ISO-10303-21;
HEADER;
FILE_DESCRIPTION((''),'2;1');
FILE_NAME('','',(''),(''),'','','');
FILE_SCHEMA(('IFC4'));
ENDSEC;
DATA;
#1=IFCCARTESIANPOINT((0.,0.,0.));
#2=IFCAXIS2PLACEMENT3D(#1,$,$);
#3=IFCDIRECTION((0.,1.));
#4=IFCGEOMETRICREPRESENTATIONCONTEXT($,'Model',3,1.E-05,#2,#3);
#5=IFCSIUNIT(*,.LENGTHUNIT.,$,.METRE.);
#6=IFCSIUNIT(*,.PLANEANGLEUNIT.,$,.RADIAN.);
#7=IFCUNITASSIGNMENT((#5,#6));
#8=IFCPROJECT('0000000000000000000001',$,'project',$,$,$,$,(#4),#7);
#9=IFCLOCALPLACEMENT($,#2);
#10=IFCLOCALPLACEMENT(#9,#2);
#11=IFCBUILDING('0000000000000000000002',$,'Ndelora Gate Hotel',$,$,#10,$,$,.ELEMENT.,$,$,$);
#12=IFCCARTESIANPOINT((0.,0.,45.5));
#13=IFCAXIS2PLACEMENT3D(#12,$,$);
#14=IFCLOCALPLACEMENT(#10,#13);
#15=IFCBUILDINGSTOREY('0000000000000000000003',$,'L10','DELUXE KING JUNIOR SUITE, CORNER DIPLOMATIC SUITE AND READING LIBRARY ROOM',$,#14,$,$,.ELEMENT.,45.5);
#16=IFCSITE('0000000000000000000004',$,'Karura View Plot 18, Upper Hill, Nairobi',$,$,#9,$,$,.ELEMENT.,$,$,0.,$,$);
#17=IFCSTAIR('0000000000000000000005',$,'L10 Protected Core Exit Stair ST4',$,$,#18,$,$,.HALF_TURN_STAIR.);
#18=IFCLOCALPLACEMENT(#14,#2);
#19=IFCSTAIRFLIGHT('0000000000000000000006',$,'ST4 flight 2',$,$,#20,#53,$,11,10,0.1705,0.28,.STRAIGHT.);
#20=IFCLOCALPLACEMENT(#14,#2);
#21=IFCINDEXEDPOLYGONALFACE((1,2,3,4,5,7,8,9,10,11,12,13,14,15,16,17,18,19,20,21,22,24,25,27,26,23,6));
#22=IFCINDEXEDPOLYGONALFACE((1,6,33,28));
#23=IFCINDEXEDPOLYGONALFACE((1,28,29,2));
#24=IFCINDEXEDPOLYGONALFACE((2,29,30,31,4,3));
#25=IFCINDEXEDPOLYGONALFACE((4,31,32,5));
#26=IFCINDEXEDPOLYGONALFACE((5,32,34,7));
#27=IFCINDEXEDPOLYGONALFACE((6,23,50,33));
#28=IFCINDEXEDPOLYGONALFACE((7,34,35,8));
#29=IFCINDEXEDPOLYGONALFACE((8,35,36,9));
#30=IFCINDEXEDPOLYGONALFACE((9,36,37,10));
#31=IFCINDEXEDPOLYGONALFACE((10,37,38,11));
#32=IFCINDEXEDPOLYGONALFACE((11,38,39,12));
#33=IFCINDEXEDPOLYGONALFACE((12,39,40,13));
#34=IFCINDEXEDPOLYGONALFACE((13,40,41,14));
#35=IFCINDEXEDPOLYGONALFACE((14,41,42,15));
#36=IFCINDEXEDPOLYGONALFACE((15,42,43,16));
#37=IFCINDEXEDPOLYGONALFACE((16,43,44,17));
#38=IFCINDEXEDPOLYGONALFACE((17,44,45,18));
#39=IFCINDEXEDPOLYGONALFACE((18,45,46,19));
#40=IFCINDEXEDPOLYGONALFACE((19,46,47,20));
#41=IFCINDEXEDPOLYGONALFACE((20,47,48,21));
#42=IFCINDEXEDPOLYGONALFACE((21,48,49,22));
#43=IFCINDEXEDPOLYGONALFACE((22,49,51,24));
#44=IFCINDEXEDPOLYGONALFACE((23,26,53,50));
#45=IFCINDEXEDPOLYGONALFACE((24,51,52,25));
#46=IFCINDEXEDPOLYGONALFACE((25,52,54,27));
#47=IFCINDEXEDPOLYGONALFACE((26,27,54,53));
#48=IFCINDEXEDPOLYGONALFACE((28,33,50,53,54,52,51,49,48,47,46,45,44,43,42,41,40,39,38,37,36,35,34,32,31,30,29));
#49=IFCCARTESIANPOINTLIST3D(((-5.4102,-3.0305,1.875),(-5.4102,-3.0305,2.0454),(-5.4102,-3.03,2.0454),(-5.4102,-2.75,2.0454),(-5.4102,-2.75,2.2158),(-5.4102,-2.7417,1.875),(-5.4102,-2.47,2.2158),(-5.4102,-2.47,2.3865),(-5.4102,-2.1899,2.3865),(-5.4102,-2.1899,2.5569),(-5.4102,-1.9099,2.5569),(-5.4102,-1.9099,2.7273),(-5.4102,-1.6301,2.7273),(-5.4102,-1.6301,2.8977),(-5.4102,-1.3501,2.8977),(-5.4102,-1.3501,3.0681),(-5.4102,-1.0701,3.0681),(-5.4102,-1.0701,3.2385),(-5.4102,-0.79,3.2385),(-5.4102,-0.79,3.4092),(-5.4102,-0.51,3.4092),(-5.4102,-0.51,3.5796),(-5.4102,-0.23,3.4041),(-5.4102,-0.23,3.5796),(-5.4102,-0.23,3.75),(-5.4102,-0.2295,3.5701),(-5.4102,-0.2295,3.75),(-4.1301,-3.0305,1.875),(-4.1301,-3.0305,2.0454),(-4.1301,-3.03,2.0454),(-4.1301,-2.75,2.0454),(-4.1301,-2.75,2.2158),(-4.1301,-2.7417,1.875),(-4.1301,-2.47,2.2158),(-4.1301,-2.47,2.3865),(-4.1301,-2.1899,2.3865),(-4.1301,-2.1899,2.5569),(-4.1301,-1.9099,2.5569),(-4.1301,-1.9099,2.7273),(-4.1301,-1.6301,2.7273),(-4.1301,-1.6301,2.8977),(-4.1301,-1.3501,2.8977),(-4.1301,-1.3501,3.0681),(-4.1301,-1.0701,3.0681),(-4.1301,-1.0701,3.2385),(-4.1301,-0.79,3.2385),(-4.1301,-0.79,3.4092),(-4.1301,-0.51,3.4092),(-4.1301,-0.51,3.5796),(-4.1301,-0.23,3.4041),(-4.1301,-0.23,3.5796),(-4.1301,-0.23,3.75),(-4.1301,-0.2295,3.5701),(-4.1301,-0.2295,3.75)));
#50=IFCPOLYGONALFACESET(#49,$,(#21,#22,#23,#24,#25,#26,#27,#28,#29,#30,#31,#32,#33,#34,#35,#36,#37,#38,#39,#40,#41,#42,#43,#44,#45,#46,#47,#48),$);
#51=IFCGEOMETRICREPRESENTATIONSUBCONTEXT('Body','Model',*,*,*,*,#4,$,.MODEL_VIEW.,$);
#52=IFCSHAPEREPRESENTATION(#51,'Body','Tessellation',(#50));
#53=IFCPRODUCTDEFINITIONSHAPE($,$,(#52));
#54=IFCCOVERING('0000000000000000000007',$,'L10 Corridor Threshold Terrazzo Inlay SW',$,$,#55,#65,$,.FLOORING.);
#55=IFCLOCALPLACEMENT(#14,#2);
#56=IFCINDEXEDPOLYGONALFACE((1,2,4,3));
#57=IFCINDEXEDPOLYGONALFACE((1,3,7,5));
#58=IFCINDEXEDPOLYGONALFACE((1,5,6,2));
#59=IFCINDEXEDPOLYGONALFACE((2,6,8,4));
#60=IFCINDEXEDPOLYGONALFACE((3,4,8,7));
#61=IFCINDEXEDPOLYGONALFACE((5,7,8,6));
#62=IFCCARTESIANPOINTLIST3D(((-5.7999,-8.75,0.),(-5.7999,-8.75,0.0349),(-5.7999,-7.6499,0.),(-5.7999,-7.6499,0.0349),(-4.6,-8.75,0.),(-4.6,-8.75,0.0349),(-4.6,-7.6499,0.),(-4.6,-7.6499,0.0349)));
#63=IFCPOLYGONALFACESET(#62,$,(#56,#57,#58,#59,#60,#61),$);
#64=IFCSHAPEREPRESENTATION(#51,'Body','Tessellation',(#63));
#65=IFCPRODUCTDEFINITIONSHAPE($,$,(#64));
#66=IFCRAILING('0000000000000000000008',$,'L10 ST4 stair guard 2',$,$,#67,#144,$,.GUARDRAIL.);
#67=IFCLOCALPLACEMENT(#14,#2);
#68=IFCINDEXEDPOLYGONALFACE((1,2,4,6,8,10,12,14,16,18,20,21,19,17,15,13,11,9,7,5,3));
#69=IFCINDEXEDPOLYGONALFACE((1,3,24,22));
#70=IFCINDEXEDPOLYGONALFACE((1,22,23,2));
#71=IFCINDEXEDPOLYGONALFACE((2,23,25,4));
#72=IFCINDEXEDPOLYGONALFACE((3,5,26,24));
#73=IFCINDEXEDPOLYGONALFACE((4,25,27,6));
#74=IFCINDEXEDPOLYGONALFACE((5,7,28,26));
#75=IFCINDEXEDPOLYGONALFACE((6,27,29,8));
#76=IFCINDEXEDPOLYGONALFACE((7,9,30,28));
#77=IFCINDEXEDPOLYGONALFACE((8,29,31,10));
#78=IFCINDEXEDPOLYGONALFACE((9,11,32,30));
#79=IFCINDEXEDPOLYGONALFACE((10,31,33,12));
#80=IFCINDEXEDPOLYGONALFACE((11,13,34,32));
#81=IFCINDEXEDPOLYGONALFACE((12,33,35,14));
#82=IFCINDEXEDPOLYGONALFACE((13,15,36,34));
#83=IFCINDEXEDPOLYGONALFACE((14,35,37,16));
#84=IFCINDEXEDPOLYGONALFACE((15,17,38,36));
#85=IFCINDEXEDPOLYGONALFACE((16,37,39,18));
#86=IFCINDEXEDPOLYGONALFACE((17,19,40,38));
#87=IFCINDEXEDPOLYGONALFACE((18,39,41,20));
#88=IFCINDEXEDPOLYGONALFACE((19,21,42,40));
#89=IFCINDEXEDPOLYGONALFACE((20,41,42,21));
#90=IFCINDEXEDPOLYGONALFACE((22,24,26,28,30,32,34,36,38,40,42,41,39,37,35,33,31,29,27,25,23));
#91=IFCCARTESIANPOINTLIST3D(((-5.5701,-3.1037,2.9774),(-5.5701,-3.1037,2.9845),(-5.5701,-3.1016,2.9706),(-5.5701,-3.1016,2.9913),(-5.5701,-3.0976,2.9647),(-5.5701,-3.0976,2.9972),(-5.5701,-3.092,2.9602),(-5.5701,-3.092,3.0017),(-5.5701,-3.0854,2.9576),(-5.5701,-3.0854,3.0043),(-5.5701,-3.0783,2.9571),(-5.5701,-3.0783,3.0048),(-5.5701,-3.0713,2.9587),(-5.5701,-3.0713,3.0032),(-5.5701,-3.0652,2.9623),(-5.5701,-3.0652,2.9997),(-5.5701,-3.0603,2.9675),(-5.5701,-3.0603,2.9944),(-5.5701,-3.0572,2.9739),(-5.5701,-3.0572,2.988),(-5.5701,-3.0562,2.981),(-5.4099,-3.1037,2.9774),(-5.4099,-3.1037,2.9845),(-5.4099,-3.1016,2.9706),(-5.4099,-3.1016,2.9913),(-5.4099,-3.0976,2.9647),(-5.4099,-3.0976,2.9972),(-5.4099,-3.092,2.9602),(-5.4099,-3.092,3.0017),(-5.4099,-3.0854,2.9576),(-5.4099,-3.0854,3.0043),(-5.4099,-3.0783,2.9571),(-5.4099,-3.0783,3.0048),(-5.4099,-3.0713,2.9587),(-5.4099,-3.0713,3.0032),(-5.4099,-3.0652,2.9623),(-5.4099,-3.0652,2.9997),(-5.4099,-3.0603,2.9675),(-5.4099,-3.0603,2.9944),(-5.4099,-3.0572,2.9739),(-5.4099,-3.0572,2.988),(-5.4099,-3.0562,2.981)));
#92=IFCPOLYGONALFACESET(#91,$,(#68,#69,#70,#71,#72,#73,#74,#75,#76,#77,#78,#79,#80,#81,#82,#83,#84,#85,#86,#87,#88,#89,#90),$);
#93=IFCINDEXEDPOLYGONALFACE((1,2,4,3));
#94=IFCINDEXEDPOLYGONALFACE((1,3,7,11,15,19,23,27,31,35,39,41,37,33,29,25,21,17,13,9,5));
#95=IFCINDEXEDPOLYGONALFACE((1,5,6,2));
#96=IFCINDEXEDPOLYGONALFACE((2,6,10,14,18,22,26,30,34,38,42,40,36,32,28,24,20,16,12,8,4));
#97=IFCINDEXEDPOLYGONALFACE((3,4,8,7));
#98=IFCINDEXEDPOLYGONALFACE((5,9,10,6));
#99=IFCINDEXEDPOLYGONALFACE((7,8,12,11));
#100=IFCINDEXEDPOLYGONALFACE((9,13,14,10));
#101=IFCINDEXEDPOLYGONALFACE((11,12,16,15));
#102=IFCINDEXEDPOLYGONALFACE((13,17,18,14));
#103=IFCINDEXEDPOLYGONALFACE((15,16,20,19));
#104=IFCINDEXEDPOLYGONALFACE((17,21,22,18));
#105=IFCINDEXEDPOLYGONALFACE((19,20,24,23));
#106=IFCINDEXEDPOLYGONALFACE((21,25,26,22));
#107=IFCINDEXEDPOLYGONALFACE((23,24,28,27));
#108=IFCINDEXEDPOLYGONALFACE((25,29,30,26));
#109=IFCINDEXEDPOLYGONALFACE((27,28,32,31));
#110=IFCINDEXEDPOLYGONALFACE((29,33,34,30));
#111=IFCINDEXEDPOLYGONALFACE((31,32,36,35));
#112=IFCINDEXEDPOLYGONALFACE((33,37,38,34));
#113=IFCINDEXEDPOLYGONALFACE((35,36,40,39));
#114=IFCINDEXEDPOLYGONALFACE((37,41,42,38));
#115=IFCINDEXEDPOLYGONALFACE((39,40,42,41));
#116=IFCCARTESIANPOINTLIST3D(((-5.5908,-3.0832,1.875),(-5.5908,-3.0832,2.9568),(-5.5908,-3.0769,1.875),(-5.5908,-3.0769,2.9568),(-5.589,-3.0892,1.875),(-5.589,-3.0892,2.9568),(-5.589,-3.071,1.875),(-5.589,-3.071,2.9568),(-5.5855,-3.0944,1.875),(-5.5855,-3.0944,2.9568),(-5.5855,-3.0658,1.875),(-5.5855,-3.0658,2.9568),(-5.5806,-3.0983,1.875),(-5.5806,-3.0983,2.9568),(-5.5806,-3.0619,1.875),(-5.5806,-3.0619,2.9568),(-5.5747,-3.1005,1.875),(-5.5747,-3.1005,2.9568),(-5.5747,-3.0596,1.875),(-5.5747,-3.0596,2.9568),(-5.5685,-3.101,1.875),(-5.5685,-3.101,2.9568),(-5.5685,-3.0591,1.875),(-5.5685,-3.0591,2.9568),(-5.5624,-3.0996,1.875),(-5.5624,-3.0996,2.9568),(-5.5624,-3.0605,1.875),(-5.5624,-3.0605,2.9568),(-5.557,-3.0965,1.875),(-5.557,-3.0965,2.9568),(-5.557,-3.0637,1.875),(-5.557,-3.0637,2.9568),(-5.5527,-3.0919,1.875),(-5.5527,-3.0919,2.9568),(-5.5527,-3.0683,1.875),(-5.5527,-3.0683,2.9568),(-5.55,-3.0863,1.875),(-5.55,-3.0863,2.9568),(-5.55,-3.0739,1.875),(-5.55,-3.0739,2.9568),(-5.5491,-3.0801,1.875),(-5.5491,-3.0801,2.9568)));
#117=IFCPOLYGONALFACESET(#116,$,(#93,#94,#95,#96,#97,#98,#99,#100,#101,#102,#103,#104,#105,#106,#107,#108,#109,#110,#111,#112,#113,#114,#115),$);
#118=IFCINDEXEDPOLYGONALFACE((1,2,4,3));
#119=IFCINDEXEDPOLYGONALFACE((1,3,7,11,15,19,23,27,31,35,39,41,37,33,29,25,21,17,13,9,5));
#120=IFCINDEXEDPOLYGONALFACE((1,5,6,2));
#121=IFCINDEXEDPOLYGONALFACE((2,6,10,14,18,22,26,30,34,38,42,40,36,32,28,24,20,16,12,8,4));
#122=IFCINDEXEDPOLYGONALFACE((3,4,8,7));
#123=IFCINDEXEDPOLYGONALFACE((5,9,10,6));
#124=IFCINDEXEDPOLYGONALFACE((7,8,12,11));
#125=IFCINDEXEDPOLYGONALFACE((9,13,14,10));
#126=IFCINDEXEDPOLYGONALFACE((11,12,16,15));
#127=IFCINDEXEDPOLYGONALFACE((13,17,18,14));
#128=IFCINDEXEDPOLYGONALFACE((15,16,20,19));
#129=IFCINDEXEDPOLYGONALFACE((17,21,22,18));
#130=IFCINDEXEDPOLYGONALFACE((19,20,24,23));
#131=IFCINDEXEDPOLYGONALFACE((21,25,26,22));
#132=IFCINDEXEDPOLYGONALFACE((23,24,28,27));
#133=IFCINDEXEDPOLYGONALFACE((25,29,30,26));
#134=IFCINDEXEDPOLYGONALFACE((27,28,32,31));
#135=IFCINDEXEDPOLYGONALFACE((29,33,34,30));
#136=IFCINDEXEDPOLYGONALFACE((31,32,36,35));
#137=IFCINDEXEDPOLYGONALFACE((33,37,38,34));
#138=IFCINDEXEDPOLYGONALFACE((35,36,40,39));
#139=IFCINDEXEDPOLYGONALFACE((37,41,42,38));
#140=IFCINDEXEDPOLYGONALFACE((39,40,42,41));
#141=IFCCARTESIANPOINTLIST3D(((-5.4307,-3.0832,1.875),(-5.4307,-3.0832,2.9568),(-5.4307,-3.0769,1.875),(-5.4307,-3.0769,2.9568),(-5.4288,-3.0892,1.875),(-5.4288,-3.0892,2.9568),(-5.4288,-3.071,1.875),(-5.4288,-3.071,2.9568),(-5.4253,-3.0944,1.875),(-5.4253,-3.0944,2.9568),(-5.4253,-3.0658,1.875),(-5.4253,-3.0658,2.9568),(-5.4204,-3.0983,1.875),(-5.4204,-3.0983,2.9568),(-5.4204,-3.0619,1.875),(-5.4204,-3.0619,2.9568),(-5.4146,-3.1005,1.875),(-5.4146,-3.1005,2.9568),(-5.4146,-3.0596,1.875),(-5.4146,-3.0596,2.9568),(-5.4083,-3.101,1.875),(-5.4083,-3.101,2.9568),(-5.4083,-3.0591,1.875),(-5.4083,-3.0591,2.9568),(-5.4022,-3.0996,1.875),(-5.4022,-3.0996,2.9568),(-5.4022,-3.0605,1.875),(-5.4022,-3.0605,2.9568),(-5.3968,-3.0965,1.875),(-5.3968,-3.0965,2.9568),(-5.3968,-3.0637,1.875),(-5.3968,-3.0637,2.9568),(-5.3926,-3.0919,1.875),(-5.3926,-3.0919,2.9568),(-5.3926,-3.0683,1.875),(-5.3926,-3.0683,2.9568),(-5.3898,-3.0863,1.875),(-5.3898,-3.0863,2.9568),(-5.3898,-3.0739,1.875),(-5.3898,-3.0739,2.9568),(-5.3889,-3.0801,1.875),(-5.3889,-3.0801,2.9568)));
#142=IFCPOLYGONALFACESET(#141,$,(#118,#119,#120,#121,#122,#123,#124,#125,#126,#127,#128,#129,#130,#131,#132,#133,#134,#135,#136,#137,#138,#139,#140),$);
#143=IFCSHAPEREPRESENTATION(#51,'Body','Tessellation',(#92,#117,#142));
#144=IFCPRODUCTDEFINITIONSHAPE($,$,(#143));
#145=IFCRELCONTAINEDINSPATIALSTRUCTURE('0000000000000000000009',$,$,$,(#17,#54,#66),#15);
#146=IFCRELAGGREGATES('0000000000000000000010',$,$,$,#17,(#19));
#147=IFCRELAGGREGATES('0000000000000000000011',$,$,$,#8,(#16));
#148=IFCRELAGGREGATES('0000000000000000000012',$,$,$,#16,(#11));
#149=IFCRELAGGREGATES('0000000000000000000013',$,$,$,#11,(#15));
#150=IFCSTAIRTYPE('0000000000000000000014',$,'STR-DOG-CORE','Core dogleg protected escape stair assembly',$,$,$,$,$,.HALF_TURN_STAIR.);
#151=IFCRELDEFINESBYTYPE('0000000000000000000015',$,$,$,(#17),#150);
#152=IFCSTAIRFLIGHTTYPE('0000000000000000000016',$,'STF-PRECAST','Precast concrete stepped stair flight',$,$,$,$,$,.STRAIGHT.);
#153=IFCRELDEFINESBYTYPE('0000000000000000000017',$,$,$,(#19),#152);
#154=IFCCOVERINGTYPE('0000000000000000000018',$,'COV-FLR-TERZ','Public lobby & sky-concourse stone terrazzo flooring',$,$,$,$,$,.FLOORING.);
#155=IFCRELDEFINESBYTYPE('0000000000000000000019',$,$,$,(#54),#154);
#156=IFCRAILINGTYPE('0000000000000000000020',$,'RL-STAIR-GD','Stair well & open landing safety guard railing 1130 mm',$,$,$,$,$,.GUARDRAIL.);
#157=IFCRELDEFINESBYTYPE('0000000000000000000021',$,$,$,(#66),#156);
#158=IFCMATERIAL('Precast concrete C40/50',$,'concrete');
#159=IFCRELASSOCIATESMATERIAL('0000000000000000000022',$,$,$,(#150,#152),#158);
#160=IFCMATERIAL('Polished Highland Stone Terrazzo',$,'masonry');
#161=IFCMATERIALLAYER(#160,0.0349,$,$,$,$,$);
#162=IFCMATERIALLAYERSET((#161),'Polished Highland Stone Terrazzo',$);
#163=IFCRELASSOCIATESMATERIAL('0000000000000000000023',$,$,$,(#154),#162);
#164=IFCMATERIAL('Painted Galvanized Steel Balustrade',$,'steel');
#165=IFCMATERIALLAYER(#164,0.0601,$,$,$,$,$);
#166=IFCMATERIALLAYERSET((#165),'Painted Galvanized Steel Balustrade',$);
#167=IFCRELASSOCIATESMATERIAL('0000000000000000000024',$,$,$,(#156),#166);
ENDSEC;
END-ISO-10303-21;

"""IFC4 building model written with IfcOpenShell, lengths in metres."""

from ifc_helpers import new_model, si_unit, direction, frame, origin, origin_2d, place, context, subcontext, project, spatial, polyline, rectangle, circle, outline, extrude, material, layer, layer_set, type_object, element, aggregate, save


model = new_model("IFC4")

# Units and contexts
model_context = context("Model", 3, precision=1e-05, world=origin(), true_north=direction((0.0, 1.0)))
body_context = subcontext(model_context, "Body", "Model", "MODEL_VIEW")
ifc_project = project(units=[si_unit("LENGTHUNIT", "METRE"), si_unit("PLANEANGLEUNIT", "RADIAN")], contexts=[model_context])

# Site, building, storey
site_placement = place(None, origin())
site = spatial("IfcSite", under=ifc_project, at=site_placement, Name="Karura View Plot 18, Upper Hill, Nairobi", CompositionType="ELEMENT", RefElevation=0.0)
building_placement = place(site_placement, origin())
building = spatial("IfcBuilding", under=site, at=building_placement, Name="Ndelora Gate Hotel", CompositionType="ELEMENT")
storey_placement = place(building_placement, frame((0.0, 0.0, 45.5)))
storey = spatial("IfcBuildingStorey", under=building, at=storey_placement, Name="L10", Description="DELUXE KING JUNIOR SUITE, CORNER DIPLOMATIC SUITE AND READING LIBRARY ROOM", CompositionType="ELEMENT", Elevation=45.5)

# Stair, stair flight
ifc_material_1 = material(Name="Precast concrete C40/50", Category="concrete")
stair_type = type_object("IfcStairType", Name="STR-DOG-CORE", Description="Core dogleg protected escape stair assembly", PredefinedType="HALF_TURN_STAIR", material=ifc_material_1)
stair_placement = place(storey_placement, origin())
stair = element("IfcStair", 1, at=stair_placement, inside=storey, type_object=stair_type, Name="L10 Protected Core Exit Stair ST4", PredefinedType="HALF_TURN_STAIR")
stair_flight_type = type_object("IfcStairFlightType", Name="STF-PRECAST", Description="Precast concrete stepped stair flight", PredefinedType="STRAIGHT", material=ifc_material_1)
stair_flight_placement = place(storey_placement, frame((-4.77, -3.03, 1.875), z_axis=(0.0, 0.0, 1.0), x_axis=(0.0, 1.0, 0.0)))
stair_flight = element("IfcStairFlight", 2, at=stair_flight_placement, type_object=stair_flight_type, Name="ST4 flight 2", NumberOfRisers=11, NumberOfTreads=10, PredefinedType="STRAIGHT", RiserHeight=0.1705, TreadLength=0.28, context=body_context, shape_type="SweptSolid", body=[
    extrude(outline(polyline([(-0.0005, 0.0), (-0.0005, 0.1704), (0.0, 0.1704), (0.28, 0.1704), (0.28, 0.3408), (0.5601, 0.3408), (0.5601, 0.5115), (0.8401, 0.5115), (0.8401, 0.6819), (1.1201, 0.6819), (1.1201, 0.8523), (1.3999, 0.8523), (1.3999, 1.0227), (1.6799, 1.0227), (1.6799, 1.1931), (1.96, 1.1931), (1.96, 1.3635), (2.24, 1.3635), (2.24, 1.5342), (2.52, 1.5342), (2.52, 1.7046), (2.8, 1.7046), (2.8, 1.875), (2.8005, 1.875), (2.8005, 1.6951), (2.8, 1.5291), (0.2883, 0.0), (-0.0005, 0.0)])), frame((0.0, 0.6401, 0.0), z_axis=(0.0, -1.0, 0.0), x_axis=(1.0, 0.0, 0.0)), (0.0, 0.0, 1.0), 1.28),
])
aggregate(stair, [stair_flight])

# Covering
ifc_material_2 = material(Name="Polished Highland Stone Terrazzo", Category="masonry")
ifc_layer_1 = layer(ifc_material_2, 0.0349)
ifc_layer_set_1 = layer_set([ifc_layer_1], Name="Polished Highland Stone Terrazzo")
covering_type = type_object("IfcCoveringType", Name="COV-FLR-TERZ", Description="Public lobby & sky-concourse stone terrazzo flooring", PredefinedType="FLOORING", material=ifc_layer_set_1)
covering_placement = place(storey_placement, frame((-5.2, -8.2, 0.0), z_axis=(0.0, 0.0, 1.0), x_axis=(1.0, 0.0, 0.0)))
element("IfcCovering", 3, at=covering_placement, inside=storey, type_object=covering_type, Name="L10 Corridor Threshold Terrazzo Inlay SW", PredefinedType="FLOORING", context=body_context, shape_type="SweptSolid", body=[
    extrude(rectangle(XDim=1.2, YDim=1.1001, at=origin_2d()), origin(), (0.0, 0.0, 1.0), 0.0349),
])

# Railing
ifc_material_3 = material(Name="Painted Galvanized Steel Balustrade", Category="steel")
ifc_layer_2 = layer(ifc_material_3, 0.0601)
ifc_layer_set_2 = layer_set([ifc_layer_2], Name="Painted Galvanized Steel Balustrade")
railing_type = type_object("IfcRailingType", Name="RL-STAIR-GD", Description="Stair well & open landing safety guard railing 1130 mm", PredefinedType="GUARDRAIL", material=ifc_layer_set_2)
railing_1_placement = place(storey_placement, frame((-5.5701, -3.0801, 1.875)))
element("IfcRailing", 4, at=railing_1_placement, inside=storey, type_object=railing_type, Name="L10 ST4 stair guard 2", PredefinedType="GUARDRAIL", context=body_context, shape_type="SweptSolid", body=[
    extrude(circle(Radius=0.0239, at=origin_2d()), frame((0.0, 0.0, 1.106), z_axis=(1.0, 0.0, 0.0), x_axis=(0.0, 1.0, 0.0)), (0.0, 0.0, 1.0), 0.1602),
    extrude(circle(Radius=0.021, at=origin_2d()), origin(), (0.0, 0.0, 1.0), 1.0818),
    extrude(circle(Radius=0.021, at=origin_2d()), frame((0.1602, 0.0, 0.0)), (0.0, 0.0, 1.0), 1.0818),
])

save(model, "model.ifc")
